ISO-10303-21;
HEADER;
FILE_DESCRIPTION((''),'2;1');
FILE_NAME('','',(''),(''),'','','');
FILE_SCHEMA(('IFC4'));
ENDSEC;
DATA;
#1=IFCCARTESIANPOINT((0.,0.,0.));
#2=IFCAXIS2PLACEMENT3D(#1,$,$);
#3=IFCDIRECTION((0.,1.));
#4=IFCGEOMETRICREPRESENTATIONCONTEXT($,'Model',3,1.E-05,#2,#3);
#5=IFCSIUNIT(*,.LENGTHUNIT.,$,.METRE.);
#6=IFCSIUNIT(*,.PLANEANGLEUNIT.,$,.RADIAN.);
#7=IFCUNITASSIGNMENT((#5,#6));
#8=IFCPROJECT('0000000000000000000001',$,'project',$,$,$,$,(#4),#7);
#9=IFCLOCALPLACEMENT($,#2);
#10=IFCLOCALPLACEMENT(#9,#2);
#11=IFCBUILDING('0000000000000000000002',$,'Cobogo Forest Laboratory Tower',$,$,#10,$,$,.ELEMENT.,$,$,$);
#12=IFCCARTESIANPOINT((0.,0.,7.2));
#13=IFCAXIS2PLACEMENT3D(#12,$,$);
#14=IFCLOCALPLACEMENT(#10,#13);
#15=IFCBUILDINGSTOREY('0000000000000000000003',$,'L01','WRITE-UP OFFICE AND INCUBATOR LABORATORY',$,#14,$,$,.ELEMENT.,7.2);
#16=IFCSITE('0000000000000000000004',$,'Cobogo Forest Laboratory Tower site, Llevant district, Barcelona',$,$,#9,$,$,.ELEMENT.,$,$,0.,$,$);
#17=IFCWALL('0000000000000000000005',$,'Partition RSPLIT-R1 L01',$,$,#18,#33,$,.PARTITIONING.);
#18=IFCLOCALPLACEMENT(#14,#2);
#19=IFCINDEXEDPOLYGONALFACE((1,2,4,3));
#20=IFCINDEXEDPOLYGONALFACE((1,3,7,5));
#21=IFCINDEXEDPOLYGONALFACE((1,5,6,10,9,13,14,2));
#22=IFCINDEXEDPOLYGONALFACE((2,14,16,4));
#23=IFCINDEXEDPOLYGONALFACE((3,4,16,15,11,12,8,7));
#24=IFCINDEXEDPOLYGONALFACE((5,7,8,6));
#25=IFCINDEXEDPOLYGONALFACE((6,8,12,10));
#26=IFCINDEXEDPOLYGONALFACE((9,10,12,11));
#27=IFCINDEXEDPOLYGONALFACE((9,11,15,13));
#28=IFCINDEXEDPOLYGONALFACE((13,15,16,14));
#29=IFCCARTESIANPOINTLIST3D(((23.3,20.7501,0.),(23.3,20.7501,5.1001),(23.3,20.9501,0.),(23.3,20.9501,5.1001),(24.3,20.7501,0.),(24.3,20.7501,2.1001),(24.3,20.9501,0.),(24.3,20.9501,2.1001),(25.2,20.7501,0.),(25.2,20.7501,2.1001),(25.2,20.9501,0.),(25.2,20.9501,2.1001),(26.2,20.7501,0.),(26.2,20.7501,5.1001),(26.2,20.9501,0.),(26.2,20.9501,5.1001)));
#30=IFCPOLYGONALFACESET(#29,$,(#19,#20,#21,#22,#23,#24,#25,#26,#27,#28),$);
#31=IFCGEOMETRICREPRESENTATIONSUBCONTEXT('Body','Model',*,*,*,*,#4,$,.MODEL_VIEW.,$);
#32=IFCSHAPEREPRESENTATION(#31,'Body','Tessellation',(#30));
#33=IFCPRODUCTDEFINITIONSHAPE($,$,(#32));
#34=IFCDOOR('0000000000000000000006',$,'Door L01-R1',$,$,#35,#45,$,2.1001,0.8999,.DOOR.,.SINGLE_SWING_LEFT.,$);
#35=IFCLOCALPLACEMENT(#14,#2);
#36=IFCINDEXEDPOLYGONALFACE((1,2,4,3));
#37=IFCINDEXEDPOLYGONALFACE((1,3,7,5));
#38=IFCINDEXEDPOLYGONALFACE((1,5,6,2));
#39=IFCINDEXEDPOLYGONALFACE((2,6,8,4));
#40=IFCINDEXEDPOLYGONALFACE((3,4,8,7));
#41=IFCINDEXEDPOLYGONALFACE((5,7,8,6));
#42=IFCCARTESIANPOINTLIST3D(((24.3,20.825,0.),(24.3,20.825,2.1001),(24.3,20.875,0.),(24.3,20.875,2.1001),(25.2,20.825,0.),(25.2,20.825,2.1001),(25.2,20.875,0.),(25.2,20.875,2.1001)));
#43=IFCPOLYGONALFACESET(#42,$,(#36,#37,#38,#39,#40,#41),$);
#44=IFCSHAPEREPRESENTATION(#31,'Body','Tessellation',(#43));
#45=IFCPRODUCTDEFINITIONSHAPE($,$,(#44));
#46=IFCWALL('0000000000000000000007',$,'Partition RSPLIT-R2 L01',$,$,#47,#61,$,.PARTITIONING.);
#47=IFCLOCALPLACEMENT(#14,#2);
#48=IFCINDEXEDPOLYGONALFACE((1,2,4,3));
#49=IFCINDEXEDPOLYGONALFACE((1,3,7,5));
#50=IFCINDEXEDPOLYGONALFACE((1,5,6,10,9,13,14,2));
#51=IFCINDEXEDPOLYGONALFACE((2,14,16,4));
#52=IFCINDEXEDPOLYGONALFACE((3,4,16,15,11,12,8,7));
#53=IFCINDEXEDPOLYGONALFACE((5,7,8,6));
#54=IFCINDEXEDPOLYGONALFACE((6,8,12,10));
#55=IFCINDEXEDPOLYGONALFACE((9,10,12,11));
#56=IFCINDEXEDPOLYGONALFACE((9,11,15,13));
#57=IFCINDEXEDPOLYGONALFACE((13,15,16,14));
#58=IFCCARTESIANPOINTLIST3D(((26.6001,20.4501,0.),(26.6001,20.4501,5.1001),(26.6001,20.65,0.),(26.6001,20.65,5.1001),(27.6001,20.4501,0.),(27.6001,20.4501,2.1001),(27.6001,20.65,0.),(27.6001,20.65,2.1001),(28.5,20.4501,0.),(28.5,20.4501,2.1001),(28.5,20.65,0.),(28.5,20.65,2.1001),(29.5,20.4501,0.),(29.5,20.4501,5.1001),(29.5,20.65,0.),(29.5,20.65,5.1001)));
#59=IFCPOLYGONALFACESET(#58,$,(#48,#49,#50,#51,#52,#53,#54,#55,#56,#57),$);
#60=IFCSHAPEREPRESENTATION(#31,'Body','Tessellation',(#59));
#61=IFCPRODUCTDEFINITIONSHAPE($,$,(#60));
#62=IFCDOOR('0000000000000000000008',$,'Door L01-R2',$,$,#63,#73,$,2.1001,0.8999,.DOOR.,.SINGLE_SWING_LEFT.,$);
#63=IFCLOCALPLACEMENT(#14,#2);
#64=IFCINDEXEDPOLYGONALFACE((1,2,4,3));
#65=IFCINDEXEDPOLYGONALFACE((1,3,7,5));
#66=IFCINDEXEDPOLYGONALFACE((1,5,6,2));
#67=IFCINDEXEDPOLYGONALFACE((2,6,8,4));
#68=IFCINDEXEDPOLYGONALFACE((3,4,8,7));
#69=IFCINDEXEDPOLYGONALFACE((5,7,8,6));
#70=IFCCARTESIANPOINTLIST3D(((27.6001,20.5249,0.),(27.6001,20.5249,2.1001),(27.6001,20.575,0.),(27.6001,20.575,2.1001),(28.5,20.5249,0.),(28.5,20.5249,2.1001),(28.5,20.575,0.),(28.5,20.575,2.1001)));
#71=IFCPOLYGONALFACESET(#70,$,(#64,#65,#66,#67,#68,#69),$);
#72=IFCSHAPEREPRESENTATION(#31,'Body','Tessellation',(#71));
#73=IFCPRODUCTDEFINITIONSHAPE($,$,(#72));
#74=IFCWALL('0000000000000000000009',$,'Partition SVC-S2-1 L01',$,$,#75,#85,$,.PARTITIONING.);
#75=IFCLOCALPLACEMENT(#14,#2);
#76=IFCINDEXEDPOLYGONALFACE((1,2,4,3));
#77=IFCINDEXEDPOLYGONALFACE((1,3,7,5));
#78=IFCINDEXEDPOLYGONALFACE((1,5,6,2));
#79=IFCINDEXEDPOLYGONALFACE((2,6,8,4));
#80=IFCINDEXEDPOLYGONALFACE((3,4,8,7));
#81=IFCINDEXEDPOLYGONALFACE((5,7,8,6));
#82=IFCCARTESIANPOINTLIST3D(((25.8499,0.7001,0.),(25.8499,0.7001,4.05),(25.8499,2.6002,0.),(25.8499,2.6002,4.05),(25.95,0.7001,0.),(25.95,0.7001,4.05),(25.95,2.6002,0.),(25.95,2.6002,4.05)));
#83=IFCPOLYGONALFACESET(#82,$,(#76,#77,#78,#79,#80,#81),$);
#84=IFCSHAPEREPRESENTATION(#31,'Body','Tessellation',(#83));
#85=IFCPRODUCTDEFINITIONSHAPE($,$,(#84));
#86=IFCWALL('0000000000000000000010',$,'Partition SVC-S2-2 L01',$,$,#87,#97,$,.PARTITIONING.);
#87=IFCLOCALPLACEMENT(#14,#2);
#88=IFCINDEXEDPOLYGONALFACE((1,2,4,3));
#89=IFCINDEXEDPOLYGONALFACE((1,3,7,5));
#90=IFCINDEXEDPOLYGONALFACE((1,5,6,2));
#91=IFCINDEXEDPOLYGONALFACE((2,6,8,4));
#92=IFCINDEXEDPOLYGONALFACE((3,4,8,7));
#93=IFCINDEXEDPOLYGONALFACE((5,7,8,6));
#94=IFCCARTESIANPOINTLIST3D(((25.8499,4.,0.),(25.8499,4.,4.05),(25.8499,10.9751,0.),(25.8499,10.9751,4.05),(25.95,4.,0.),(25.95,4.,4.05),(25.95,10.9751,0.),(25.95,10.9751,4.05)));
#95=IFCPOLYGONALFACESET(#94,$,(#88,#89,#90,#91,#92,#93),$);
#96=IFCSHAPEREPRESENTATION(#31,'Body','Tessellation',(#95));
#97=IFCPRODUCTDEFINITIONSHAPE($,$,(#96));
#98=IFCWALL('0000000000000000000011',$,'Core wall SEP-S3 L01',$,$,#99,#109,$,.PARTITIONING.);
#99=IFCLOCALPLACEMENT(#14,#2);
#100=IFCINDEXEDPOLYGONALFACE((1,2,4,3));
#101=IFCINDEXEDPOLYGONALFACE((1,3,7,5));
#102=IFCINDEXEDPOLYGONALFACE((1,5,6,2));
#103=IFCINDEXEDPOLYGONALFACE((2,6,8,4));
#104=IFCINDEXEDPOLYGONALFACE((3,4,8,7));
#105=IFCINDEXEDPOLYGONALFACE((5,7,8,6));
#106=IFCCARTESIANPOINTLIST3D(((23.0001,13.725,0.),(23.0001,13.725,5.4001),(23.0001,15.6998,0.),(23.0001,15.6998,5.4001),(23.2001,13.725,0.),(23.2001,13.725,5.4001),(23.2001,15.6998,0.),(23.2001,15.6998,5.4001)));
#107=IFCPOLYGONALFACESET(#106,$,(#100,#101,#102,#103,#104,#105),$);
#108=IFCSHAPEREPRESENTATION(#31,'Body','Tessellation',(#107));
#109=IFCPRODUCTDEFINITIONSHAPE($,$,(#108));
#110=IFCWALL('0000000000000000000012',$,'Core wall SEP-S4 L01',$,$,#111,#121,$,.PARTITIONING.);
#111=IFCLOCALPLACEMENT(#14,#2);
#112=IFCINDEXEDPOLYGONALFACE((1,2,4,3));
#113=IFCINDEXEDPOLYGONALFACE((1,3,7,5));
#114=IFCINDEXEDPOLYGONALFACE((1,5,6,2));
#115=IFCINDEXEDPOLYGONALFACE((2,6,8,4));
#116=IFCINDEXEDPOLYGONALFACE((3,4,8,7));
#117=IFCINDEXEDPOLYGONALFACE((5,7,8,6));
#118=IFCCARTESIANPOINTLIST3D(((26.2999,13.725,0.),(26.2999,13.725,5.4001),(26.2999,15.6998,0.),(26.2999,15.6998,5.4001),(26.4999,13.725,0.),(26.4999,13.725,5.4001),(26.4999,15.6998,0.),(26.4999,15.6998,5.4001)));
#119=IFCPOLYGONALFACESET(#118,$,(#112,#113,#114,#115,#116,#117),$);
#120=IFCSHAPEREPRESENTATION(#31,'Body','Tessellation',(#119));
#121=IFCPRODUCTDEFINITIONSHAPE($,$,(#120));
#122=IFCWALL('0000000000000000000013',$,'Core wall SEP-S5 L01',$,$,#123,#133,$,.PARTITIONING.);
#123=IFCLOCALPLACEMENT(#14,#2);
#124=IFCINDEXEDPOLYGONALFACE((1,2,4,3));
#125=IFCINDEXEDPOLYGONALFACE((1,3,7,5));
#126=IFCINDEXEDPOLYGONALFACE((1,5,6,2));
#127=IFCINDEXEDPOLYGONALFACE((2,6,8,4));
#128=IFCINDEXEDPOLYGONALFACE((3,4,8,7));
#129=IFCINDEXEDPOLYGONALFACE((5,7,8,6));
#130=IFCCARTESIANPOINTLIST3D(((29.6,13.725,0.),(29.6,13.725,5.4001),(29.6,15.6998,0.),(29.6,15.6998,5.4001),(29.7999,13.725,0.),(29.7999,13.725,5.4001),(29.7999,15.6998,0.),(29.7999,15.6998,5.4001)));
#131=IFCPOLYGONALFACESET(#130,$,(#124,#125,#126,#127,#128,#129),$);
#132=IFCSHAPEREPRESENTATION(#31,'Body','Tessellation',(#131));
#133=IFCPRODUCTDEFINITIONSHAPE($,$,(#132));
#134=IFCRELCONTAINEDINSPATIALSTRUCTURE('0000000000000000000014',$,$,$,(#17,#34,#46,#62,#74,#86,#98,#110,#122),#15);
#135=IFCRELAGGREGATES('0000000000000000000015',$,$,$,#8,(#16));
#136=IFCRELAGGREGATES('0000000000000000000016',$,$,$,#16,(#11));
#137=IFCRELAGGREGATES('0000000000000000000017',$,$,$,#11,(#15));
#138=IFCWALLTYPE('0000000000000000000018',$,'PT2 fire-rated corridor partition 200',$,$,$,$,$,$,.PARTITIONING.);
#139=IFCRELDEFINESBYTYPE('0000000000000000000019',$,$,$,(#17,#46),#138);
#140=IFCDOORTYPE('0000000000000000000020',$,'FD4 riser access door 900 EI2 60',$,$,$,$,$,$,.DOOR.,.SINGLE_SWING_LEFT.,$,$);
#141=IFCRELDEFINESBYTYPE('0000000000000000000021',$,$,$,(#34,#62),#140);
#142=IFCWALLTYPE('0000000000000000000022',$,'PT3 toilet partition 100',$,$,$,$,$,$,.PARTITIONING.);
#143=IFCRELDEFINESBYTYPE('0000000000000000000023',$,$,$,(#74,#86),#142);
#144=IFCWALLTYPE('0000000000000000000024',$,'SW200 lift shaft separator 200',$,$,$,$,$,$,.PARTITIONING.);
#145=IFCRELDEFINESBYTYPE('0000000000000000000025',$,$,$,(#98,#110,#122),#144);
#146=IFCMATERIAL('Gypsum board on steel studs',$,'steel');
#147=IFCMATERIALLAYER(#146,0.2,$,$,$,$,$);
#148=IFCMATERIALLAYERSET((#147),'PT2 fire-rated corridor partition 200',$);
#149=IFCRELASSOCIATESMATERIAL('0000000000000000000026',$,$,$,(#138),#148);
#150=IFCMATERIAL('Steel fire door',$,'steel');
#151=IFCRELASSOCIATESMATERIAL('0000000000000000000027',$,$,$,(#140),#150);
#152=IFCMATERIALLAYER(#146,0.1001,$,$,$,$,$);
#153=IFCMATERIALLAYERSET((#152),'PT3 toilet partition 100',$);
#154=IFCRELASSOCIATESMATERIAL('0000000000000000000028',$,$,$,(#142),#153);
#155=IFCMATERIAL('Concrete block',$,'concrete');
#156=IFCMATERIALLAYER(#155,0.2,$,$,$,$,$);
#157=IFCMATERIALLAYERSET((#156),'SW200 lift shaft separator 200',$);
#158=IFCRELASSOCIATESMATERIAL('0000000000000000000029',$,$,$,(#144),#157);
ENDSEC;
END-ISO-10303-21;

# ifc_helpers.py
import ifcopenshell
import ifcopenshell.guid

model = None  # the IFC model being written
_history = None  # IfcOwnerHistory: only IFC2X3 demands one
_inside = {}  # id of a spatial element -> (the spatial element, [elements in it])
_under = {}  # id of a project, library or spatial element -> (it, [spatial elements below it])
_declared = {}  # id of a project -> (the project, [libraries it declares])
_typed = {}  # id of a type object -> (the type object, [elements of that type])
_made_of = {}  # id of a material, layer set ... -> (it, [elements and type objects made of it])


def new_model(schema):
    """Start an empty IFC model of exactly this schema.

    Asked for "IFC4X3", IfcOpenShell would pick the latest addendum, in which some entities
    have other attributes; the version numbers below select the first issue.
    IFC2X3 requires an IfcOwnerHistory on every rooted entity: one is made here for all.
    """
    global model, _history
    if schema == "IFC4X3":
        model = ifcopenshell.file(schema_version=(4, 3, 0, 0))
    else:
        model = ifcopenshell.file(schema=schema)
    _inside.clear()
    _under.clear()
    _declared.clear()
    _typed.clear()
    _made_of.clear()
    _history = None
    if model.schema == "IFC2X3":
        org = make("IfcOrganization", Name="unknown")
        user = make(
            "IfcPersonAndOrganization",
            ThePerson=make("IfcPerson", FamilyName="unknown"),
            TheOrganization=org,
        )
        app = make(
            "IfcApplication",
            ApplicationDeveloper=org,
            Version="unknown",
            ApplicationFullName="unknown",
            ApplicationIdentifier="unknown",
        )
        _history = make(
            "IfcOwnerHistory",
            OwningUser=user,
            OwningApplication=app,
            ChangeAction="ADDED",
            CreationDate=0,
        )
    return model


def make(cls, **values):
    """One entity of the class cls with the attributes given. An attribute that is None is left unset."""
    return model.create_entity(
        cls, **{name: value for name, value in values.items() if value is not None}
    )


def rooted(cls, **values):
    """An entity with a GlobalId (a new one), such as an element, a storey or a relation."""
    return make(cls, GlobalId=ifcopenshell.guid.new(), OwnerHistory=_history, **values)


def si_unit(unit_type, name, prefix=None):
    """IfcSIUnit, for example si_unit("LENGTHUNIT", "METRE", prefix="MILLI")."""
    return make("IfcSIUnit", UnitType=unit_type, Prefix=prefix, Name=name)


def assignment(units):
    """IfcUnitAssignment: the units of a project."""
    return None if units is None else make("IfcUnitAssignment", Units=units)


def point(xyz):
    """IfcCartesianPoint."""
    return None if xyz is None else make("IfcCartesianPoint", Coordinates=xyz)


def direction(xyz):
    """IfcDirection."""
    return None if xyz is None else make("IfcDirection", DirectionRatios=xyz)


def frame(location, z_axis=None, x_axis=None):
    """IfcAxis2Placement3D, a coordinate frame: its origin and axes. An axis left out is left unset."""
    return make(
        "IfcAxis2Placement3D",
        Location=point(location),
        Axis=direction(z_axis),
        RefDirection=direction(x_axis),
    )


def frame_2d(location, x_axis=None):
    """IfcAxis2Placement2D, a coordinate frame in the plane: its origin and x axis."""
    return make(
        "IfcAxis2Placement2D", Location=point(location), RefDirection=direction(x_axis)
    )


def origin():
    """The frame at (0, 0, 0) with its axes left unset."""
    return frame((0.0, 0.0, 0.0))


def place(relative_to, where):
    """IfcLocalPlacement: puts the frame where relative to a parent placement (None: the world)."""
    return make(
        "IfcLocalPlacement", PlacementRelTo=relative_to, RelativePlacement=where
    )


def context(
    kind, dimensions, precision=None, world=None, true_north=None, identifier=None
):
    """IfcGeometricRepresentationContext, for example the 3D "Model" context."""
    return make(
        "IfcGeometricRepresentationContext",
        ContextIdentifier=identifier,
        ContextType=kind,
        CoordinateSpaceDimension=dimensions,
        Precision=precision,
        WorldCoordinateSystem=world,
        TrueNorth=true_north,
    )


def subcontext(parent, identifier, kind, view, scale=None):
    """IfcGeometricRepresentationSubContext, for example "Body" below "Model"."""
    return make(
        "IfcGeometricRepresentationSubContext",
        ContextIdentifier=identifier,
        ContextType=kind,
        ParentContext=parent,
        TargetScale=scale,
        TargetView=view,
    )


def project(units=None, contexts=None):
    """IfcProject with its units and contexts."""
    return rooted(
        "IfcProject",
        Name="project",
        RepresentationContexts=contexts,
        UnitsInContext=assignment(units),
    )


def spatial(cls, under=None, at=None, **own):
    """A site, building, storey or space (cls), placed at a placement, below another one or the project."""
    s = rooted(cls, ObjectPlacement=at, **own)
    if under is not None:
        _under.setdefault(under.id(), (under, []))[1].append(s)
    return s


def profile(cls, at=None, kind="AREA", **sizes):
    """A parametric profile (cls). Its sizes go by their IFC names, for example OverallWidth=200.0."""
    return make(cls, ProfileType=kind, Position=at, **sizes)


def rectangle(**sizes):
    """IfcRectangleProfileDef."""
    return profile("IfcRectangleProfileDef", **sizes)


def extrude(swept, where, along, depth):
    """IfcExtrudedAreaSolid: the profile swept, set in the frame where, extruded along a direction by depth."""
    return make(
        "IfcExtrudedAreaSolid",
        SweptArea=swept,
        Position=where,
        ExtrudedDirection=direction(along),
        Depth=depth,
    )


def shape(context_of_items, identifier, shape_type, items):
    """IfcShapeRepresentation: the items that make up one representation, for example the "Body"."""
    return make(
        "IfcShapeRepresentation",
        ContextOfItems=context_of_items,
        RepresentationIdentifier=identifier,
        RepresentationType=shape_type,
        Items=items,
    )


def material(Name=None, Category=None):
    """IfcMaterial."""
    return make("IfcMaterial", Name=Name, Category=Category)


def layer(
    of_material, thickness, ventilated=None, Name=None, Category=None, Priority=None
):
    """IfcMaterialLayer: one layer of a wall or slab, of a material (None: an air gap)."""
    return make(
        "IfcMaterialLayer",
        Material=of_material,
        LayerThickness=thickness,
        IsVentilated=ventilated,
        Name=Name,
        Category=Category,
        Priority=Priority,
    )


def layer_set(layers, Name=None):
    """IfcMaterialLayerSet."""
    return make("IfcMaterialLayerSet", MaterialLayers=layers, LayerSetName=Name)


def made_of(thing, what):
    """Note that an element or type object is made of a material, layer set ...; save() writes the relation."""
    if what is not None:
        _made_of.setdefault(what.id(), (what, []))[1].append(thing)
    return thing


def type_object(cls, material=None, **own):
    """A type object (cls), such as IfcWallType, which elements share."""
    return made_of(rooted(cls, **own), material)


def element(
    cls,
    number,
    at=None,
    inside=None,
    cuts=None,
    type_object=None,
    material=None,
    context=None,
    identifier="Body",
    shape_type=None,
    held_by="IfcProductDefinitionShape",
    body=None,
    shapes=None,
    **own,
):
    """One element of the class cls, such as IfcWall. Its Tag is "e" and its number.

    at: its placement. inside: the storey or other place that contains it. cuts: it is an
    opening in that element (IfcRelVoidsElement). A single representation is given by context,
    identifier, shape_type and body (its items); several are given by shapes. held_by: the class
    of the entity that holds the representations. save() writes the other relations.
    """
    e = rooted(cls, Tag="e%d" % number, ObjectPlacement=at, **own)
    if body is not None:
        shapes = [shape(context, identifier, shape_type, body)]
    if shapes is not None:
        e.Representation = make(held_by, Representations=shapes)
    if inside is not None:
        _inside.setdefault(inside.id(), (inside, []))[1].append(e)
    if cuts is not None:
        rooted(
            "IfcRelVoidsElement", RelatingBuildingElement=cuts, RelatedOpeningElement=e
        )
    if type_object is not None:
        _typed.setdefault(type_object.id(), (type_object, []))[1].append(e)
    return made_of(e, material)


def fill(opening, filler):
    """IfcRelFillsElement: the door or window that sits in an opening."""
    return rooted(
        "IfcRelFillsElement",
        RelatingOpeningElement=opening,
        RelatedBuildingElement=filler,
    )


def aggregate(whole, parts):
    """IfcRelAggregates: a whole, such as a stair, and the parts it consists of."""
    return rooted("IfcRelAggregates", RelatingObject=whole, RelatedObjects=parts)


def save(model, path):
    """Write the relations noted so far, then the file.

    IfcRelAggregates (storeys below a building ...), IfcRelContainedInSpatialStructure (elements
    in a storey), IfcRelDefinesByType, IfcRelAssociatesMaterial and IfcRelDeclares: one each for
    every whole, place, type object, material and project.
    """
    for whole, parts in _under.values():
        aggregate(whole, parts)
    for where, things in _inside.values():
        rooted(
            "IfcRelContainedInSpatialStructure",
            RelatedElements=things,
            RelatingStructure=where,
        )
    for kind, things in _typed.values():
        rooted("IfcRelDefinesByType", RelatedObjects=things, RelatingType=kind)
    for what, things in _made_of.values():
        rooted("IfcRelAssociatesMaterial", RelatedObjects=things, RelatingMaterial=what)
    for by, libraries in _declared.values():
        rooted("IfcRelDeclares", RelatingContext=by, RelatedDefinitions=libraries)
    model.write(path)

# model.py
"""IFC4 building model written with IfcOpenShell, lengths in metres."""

from ifc_helpers import new_model, si_unit, direction, frame, frame_2d, origin, place, context, subcontext, project, spatial, rectangle, extrude, material, layer, layer_set, type_object, element, fill, save


model = new_model("IFC4")

# Units and contexts
model_context = context("Model", 3, precision=1e-05, world=origin(), true_north=direction((0.0, 1.0)))
body_context = subcontext(model_context, "Body", "Model", "MODEL_VIEW")
ifc_project = project(units=[si_unit("LENGTHUNIT", "METRE"), si_unit("PLANEANGLEUNIT", "RADIAN")], contexts=[model_context])

# Site, building, storey
site_placement = place(None, origin())
site = spatial("IfcSite", under=ifc_project, at=site_placement, Name="Cobogo Forest Laboratory Tower site, Llevant district, Barcelona", CompositionType="ELEMENT", RefElevation=0.0)
building_placement = place(site_placement, origin())
building = spatial("IfcBuilding", under=site, at=building_placement, Name="Cobogo Forest Laboratory Tower", CompositionType="ELEMENT")
storey_placement = place(building_placement, frame((0.0, 0.0, 7.2)))
storey = spatial("IfcBuildingStorey", under=building, at=storey_placement, Name="L01", Description="WRITE-UP OFFICE AND INCUBATOR LABORATORY", CompositionType="ELEMENT", Elevation=7.2)

# Shared definitions
ifc_material_1 = material(Name="Gypsum board on steel studs", Category="steel")

# Walls, openings, doors
ifc_layer_1 = layer(ifc_material_1, 0.2)
ifc_layer_set_1 = layer_set([ifc_layer_1], Name="PT2 fire-rated corridor partition 200")
wall_type_1 = type_object("IfcWallType", Name="PT2 fire-rated corridor partition 200", PredefinedType="PARTITIONING", material=ifc_layer_set_1)
wall_1_placement = place(storey_placement, frame((23.3, 20.8501, 0.0), z_axis=(0.0, 0.0, 1.0), x_axis=(1.0, 0.0, 0.0)))
wall_1 = element("IfcWall", 1, at=wall_1_placement, inside=storey, type_object=wall_type_1, Name="Partition RSPLIT-R1 L01", PredefinedType="PARTITIONING", context=body_context, shape_type="SweptSolid", body=[
    extrude(rectangle(XDim=2.8999, YDim=0.2, at=frame_2d((1.45, 0.0))), origin(), (0.0, 0.0, 1.0), 5.1001),
])
opening_1_placement = place(wall_1_placement, frame((1.0, 0.0, 0.0)))
opening_1 = element("IfcOpeningElement", 2, at=opening_1_placement, cuts=wall_1, PredefinedType="OPENING", context=body_context, shape_type="SweptSolid", body=[
    extrude(rectangle(XDim=0.8999, YDim=2.1001, at=frame_2d((0.45, 1.05))), frame((0.0, 0.1099, 0.0), z_axis=(0.0, -1.0, 0.0), x_axis=(1.0, 0.0, 0.0)), (0.0, 0.0, 1.0), 0.22),
])
ifc_material_2 = material(Name="Steel fire door", Category="steel")
door_type_1 = type_object("IfcDoorType", Name="FD4 riser access door 900 EI2 60", OperationType="SINGLE_SWING_LEFT", PredefinedType="DOOR", material=ifc_material_2)
door_1_placement = place(opening_1_placement, origin())
door_1 = element("IfcDoor", 3, at=door_1_placement, inside=storey, type_object=door_type_1, Name="Door L01-R1", OperationType="SINGLE_SWING_LEFT", OverallHeight=2.1001, OverallWidth=0.8999, PredefinedType="DOOR", context=body_context, shape_type="SweptSolid", body=[
    extrude(rectangle(XDim=0.8999, YDim=2.1001, at=frame_2d((0.45, 1.05))), frame((0.0, 0.0249, 0.0), z_axis=(0.0, -1.0, 0.0), x_axis=(1.0, 0.0, 0.0)), (0.0, 0.0, 1.0), 0.05),
])
fill(opening_1, door_1)
wall_2_placement = place(storey_placement, frame((26.6001, 20.55, 0.0), z_axis=(0.0, 0.0, 1.0), x_axis=(1.0, 0.0, 0.0)))
wall_2 = element("IfcWall", 4, at=wall_2_placement, inside=storey, type_object=wall_type_1, Name="Partition RSPLIT-R2 L01", PredefinedType="PARTITIONING", context=body_context, shape_type="SweptSolid", body=[
    extrude(rectangle(XDim=2.8999, YDim=0.2, at=frame_2d((1.45, 0.0))), origin(), (0.0, 0.0, 1.0), 5.1001),
])
opening_2_placement = place(wall_2_placement, frame((1.0, 0.0, 0.0)))
opening_2 = element("IfcOpeningElement", 5, at=opening_2_placement, cuts=wall_2, PredefinedType="OPENING", context=body_context, shape_type="SweptSolid", body=[
    extrude(rectangle(XDim=0.8999, YDim=2.1001, at=frame_2d((0.45, 1.05))), frame((0.0, 0.1099, 0.0), z_axis=(0.0, -1.0, 0.0), x_axis=(1.0, 0.0, 0.0)), (0.0, 0.0, 1.0), 0.22),
])
door_2_placement = place(opening_2_placement, origin())
door_2 = element("IfcDoor", 6, at=door_2_placement, inside=storey, type_object=door_type_1, Name="Door L01-R2", OperationType="SINGLE_SWING_LEFT", OverallHeight=2.1001, OverallWidth=0.8999, PredefinedType="DOOR", context=body_context, shape_type="SweptSolid", body=[
    extrude(rectangle(XDim=0.8999, YDim=2.1001, at=frame_2d((0.45, 1.05))), frame((0.0, 0.0249, 0.0), z_axis=(0.0, -1.0, 0.0), x_axis=(1.0, 0.0, 0.0)), (0.0, 0.0, 1.0), 0.05),
])
fill(opening_2, door_2)

# Walls
ifc_layer_2 = layer(ifc_material_1, 0.1001)
ifc_layer_set_2 = layer_set([ifc_layer_2], Name="PT3 toilet partition 100")
wall_type_2 = type_object("IfcWallType", Name="PT3 toilet partition 100", PredefinedType="PARTITIONING", material=ifc_layer_set_2)
wall_3_placement = place(storey_placement, frame((25.8999, 0.7, 0.0), z_axis=(0.0, 0.0, 1.0), x_axis=(0.0, 1.0, 0.0)))
element("IfcWall", 7, at=wall_3_placement, inside=storey, type_object=wall_type_2, Name="Partition SVC-S2-1 L01", PredefinedType="PARTITIONING", context=body_context, shape_type="SweptSolid", body=[
    extrude(rectangle(XDim=1.9001, YDim=0.1001, at=frame_2d((0.9502, 0.0))), origin(), (0.0, 0.0, 1.0), 4.05),
])
wall_4_placement = place(storey_placement, frame((25.8999, 4.0, 0.0), z_axis=(0.0, 0.0, 1.0), x_axis=(0.0, 1.0, 0.0)))
element("IfcWall", 8, at=wall_4_placement, inside=storey, type_object=wall_type_2, Name="Partition SVC-S2-2 L01", PredefinedType="PARTITIONING", context=body_context, shape_type="SweptSolid", body=[
    extrude(rectangle(XDim=6.9751, YDim=0.1001, at=frame_2d((3.4875, 0.0))), origin(), (0.0, 0.0, 1.0), 4.05),
])
ifc_material_3 = material(Name="Concrete block", Category="concrete")
ifc_layer_3 = layer(ifc_material_3, 0.2)
ifc_layer_set_3 = layer_set([ifc_layer_3], Name="SW200 lift shaft separator 200")
wall_type_3 = type_object("IfcWallType", Name="SW200 lift shaft separator 200", PredefinedType="PARTITIONING", material=ifc_layer_set_3)
for number, where, z_axis, x_axis, name in (
    (9, (23.1001, 13.7251, 0.0), (0.0, 0.0, 1.0), (0.0, 1.0, 0.0), "Core wall SEP-S3 L01"),
    (10, (26.3999, 13.7251, 0.0), (0.0, 0.0, 1.0), (0.0, 1.0, 0.0), "Core wall SEP-S4 L01"),
    (11, (29.7, 13.7251, 0.0), (0.0, 0.0, 1.0), (0.0, 1.0, 0.0), "Core wall SEP-S5 L01"),
):
    element("IfcWall", number, at=place(storey_placement, frame(where, z_axis=z_axis, x_axis=x_axis)), inside=storey, type_object=wall_type_3, Name=name, PredefinedType="PARTITIONING", context=body_context, shape_type="SweptSolid", body=[
        extrude(rectangle(XDim=1.9749, YDim=0.2, at=frame_2d((0.9873, 0.0))), origin(), (0.0, 0.0, 1.0), 5.4001),
    ])

save(model, "model.ifc")
